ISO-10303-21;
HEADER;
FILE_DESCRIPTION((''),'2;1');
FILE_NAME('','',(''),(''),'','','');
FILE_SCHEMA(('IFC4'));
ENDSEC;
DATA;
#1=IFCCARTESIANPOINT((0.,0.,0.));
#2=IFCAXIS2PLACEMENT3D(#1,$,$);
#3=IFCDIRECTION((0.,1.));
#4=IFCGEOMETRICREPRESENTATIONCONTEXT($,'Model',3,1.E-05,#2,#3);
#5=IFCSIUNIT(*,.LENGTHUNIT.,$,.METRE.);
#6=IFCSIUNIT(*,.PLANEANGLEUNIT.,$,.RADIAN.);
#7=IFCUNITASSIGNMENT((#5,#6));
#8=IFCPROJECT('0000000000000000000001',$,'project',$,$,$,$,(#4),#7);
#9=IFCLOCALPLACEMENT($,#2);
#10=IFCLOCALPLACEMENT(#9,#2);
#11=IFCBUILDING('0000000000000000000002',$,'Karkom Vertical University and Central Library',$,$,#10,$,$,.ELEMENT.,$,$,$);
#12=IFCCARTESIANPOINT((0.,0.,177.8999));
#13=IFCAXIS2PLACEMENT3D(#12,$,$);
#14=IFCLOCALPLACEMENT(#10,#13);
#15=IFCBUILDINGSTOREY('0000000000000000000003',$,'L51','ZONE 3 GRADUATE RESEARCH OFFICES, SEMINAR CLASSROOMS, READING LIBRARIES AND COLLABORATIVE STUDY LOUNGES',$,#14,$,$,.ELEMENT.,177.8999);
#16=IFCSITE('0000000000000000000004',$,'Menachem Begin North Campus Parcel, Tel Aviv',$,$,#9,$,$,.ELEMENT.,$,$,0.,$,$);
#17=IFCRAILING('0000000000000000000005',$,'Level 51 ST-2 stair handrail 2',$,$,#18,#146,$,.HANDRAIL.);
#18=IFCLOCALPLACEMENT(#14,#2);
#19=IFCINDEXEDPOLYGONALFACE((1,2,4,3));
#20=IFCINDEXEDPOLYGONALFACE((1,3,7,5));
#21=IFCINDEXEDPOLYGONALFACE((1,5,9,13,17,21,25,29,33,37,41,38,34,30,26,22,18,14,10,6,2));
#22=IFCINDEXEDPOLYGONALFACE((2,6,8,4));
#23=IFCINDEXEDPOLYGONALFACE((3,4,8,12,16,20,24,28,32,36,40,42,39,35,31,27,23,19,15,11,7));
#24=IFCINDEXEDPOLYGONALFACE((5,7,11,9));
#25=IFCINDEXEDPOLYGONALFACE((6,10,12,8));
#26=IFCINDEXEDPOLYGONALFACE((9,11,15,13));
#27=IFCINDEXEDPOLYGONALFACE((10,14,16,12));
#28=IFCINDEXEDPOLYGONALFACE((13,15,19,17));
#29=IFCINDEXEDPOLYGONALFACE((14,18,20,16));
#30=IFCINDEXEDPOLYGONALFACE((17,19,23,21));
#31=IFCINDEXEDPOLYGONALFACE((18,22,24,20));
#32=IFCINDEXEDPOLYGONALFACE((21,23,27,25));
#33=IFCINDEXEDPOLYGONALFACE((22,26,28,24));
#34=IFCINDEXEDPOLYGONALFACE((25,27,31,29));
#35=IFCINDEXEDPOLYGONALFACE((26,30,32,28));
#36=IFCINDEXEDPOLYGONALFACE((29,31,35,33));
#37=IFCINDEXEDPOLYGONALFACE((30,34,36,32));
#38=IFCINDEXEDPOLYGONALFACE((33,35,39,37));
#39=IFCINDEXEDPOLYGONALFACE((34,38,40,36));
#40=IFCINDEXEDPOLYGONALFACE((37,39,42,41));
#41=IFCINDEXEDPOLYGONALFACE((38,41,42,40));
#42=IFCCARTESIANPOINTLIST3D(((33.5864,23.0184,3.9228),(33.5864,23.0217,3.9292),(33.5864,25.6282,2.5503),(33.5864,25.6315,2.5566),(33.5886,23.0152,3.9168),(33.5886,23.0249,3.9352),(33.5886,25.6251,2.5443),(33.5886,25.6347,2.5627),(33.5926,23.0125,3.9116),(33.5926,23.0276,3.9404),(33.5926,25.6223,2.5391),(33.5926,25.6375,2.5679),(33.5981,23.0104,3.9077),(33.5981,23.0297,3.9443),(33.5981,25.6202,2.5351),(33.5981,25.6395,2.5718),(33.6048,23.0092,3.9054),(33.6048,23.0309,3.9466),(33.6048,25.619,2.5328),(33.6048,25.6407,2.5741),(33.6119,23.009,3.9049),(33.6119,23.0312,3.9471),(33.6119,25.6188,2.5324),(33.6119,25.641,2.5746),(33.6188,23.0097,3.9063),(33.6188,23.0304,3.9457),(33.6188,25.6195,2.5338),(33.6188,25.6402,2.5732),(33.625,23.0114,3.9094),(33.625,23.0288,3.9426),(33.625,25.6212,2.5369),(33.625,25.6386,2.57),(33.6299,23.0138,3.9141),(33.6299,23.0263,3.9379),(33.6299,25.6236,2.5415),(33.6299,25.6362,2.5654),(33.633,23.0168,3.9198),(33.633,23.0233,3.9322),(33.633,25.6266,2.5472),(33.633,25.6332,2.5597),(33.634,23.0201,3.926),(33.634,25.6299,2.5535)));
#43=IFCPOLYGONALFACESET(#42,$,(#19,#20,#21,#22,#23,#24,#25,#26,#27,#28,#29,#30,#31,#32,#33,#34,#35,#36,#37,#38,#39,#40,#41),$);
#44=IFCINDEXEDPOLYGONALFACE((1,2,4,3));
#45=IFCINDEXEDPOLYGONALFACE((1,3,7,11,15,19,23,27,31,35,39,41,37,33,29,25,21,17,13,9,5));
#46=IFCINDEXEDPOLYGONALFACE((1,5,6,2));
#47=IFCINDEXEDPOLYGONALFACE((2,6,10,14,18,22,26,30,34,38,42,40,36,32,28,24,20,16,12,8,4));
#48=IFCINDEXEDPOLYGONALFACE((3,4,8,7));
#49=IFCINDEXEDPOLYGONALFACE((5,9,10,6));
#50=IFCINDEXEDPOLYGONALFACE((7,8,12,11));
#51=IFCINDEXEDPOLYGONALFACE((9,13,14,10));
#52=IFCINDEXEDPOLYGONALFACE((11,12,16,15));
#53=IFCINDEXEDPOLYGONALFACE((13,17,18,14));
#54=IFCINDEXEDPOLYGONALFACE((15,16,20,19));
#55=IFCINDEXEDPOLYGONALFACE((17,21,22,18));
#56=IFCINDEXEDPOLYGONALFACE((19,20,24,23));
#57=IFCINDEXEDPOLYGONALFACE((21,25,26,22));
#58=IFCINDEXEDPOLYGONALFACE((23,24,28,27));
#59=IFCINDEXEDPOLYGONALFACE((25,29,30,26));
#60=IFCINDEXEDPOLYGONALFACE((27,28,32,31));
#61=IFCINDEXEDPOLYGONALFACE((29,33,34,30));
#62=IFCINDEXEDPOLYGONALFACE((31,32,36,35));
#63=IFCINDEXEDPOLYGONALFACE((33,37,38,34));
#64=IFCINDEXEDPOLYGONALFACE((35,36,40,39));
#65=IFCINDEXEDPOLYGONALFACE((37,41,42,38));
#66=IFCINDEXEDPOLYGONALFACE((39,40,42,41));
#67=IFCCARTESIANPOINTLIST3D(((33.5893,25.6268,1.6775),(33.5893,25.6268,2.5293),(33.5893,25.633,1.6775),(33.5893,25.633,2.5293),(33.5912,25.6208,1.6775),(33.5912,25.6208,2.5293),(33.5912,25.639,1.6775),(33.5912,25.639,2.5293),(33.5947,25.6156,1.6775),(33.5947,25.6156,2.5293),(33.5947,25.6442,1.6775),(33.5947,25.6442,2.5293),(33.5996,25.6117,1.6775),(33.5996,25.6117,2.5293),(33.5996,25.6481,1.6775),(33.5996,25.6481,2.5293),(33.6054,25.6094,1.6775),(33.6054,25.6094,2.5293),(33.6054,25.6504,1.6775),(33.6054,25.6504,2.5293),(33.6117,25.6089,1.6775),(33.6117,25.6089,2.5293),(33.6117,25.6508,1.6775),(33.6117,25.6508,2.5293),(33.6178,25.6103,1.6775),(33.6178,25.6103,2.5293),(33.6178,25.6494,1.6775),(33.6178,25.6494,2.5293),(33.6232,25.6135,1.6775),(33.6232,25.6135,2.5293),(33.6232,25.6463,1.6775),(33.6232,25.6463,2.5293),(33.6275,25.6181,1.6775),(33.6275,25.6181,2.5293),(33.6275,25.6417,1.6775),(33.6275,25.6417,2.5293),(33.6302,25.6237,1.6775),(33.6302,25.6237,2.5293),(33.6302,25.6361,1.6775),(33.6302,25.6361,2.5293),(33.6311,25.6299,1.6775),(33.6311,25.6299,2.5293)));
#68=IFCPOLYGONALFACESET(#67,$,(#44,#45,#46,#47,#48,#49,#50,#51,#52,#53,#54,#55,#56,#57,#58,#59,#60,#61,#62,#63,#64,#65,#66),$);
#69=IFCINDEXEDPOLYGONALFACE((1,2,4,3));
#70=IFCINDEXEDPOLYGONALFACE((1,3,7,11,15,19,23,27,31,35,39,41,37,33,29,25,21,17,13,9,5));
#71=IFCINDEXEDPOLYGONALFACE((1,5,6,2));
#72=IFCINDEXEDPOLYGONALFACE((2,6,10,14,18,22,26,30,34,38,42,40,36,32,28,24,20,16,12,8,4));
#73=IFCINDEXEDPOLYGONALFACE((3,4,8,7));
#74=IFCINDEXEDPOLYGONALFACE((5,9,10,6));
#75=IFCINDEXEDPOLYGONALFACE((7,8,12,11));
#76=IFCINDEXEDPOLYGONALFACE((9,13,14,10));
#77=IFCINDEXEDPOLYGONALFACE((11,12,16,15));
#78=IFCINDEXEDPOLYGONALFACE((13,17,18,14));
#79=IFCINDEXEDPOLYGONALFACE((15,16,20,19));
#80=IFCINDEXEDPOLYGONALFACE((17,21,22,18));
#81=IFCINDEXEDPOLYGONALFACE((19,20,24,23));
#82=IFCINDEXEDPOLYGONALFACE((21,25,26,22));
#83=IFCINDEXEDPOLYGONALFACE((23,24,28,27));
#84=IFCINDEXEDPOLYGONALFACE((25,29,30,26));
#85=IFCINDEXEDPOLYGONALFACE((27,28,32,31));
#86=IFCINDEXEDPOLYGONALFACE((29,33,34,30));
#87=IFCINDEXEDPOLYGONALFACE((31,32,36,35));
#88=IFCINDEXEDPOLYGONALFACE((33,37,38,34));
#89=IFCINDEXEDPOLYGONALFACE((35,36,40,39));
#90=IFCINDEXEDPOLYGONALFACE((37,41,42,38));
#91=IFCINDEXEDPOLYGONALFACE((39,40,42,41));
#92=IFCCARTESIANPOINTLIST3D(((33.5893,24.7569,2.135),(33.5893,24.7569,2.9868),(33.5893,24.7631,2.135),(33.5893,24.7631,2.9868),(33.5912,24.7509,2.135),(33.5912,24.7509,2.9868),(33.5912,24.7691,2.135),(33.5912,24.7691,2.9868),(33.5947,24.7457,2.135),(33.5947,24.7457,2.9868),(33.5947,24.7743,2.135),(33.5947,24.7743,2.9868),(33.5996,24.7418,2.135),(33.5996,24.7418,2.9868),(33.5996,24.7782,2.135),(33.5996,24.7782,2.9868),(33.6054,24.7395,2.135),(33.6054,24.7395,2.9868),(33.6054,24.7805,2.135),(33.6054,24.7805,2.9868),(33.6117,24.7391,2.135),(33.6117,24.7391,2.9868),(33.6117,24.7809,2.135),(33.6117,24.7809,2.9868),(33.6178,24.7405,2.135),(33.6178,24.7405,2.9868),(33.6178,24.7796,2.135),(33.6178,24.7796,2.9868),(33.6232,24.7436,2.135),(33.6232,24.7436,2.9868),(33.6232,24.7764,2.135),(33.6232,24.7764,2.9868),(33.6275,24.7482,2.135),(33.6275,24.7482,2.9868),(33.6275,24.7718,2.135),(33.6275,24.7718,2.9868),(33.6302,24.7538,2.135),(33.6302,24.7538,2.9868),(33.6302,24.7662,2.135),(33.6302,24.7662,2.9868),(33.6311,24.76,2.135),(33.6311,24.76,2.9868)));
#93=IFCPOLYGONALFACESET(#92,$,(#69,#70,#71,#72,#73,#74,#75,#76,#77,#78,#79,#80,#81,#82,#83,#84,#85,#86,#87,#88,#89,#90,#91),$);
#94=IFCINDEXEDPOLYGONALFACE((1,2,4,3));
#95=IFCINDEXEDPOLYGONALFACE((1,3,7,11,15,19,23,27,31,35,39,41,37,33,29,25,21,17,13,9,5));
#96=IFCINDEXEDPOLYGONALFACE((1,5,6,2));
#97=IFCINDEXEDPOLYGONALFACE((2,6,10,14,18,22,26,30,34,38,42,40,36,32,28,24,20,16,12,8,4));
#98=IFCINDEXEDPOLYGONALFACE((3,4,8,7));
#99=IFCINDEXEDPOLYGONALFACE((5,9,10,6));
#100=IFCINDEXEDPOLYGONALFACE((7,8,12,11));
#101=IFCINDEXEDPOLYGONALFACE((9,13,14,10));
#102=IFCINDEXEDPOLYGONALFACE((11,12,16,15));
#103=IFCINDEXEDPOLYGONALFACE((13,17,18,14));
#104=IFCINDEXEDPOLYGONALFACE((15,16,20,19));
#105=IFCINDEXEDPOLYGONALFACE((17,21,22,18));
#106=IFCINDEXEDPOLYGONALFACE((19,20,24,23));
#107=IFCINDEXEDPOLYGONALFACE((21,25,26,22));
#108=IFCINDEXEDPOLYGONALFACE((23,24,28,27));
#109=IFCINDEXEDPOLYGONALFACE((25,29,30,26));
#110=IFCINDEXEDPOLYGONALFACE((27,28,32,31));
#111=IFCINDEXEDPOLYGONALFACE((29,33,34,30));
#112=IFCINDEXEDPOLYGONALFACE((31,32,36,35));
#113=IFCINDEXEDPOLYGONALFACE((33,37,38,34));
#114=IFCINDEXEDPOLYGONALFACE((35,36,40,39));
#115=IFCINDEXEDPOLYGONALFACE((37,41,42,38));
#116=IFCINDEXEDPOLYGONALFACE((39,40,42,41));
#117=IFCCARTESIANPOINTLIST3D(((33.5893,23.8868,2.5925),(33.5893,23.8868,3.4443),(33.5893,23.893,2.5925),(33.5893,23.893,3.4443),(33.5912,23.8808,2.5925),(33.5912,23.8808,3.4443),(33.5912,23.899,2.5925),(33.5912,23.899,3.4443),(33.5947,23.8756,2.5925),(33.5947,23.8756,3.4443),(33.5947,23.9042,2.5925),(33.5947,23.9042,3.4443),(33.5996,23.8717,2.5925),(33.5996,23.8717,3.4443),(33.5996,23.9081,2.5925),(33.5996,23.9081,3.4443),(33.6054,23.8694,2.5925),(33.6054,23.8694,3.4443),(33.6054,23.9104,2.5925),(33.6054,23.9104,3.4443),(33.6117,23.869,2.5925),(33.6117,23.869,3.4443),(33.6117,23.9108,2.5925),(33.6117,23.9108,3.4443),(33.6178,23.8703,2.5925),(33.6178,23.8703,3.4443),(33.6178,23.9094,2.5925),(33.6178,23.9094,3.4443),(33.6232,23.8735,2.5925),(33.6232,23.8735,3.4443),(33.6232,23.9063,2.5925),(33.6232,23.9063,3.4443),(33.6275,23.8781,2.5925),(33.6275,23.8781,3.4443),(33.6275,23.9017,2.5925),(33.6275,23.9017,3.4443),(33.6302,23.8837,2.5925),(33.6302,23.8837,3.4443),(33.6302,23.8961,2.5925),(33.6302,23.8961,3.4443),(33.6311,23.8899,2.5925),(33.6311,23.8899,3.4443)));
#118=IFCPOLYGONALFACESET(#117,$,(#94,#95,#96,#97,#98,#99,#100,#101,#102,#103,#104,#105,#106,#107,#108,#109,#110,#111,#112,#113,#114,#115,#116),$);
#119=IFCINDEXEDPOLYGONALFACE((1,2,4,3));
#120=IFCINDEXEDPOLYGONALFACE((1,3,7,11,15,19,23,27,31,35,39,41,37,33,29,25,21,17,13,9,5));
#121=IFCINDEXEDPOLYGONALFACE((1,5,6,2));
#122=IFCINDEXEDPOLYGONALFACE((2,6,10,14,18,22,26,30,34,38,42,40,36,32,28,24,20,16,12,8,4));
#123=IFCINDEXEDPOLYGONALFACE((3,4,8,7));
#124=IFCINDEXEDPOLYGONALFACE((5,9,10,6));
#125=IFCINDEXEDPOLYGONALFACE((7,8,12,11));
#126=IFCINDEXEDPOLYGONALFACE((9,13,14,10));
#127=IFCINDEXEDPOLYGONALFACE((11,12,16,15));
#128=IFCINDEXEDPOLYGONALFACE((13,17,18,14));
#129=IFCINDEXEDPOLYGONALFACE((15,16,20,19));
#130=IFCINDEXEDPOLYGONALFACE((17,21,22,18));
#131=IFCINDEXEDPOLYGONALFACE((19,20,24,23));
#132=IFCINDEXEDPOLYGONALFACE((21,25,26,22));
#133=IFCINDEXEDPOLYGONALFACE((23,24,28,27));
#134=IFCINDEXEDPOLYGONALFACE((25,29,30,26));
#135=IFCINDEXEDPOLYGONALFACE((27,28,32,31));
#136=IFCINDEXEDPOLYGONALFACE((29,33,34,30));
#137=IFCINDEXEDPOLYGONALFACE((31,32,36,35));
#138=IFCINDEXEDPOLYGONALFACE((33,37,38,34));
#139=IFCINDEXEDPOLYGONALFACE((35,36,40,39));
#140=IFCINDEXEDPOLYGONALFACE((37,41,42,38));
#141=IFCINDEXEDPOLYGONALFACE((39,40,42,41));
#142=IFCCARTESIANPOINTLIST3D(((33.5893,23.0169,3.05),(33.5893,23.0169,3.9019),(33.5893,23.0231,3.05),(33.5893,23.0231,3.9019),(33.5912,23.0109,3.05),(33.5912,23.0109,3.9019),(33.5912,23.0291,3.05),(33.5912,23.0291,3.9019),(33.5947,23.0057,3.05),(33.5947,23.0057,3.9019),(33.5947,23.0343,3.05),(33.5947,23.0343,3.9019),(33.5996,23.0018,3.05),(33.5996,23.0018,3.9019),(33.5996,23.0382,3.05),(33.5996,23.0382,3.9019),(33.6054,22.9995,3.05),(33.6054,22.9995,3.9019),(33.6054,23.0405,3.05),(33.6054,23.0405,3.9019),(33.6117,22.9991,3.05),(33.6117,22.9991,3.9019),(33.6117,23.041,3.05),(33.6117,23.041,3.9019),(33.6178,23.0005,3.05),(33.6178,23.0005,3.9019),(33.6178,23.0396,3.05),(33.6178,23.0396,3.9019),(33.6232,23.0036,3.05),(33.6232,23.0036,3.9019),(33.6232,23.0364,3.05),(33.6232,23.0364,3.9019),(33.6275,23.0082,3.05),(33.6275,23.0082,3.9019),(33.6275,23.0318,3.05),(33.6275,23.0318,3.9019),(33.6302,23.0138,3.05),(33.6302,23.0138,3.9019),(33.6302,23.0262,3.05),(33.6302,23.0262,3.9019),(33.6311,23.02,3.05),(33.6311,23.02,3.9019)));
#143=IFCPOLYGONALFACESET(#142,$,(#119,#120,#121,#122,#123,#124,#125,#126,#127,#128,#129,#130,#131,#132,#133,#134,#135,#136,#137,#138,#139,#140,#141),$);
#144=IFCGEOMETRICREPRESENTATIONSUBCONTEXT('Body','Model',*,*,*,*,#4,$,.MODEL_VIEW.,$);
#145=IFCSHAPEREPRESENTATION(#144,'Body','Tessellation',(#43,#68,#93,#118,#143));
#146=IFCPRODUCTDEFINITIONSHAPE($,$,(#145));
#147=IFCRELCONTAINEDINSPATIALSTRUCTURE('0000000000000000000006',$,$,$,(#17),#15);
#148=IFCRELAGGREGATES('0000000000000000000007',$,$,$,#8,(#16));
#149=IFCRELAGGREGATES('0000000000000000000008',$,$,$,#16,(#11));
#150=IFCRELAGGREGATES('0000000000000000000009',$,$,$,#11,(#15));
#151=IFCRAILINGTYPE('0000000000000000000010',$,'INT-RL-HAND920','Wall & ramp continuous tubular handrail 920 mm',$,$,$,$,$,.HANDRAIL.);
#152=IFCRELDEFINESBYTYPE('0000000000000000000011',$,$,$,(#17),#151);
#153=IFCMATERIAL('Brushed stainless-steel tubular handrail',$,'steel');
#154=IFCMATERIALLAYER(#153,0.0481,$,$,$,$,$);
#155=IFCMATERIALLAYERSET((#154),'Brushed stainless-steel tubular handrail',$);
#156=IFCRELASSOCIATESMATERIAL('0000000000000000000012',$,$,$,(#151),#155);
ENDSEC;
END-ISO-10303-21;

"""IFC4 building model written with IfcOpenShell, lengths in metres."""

from ifc_helpers import new_model, si_unit, direction, frame, origin, origin_2d, place, context, subcontext, project, spatial, circle, extrude, material, layer, layer_set, type_object, element, save


model = new_model("IFC4")

# Units and contexts
model_context = context("Model", 3, precision=1e-05, world=origin(), true_north=direction((0.0, 1.0)))
body_context = subcontext(model_context, "Body", "Model", "MODEL_VIEW")
ifc_project = project(units=[si_unit("LENGTHUNIT", "METRE"), si_unit("PLANEANGLEUNIT", "RADIAN")], contexts=[model_context])

# Site, building, storey
site_placement = place(None, origin())
site = spatial("IfcSite", under=ifc_project, at=site_placement, Name="Menachem Begin North Campus Parcel, Tel Aviv", CompositionType="ELEMENT", RefElevation=0.0)
building_placement = place(site_placement, origin())
building = spatial("IfcBuilding", under=site, at=building_placement, Name="Karkom Vertical University and Central Library", CompositionType="ELEMENT")
storey_placement = place(building_placement, frame((0.0, 0.0, 177.8999)))
storey = spatial("IfcBuildingStorey", under=building, at=storey_placement, Name="L51", Description="ZONE 3 GRADUATE RESEARCH OFFICES, SEMINAR CLASSROOMS, READING LIBRARIES AND COLLABORATIVE STUDY LOUNGES", CompositionType="ELEMENT", Elevation=177.8999)

# Railing
ifc_material_1 = material(Name="Brushed stainless-steel tubular handrail", Category="steel")
ifc_layer_1 = layer(ifc_material_1, 0.0481)
ifc_layer_set_1 = layer_set([ifc_layer_1], Name="Brushed stainless-steel tubular handrail")
railing_type_1 = type_object("IfcRailingType", Name="INT-RL-HAND920", Description="Wall & ramp continuous tubular handrail 920 mm", PredefinedType="HANDRAIL", material=ifc_layer_set_1)
railing_1_placement = place(storey_placement, frame((33.6101, 25.6299, 1.6775)))
element("IfcRailing", 1, at=railing_1_placement, inside=storey, type_object=railing_type_1, Name="Level 51 ST-2 stair handrail 2", PredefinedType="HANDRAIL", context=body_context, shape_type="SweptSolid", body=[
    extrude(circle(Radius=0.0239, at=origin_2d()), frame((0.0, 0.0, 0.876), z_axis=(0.0, -0.885065, 0.465467), x_axis=(1.0, 0.0, 0.0)), (0.0, 0.0, 1.0), 2.9487),
    extrude(circle(Radius=0.021, at=origin_2d()), origin(), (0.0, 0.0, 1.0), 0.8518),
    extrude(circle(Radius=0.021, at=origin_2d()), frame((0.0, -0.8699, 0.4575)), (0.0, 0.0, 1.0), 0.8518),
    extrude(circle(Radius=0.021, at=origin_2d()), frame((0.0, -1.74, 0.915)), (0.0, 0.0, 1.0), 0.8518),
    extrude(circle(Radius=0.021, at=origin_2d()), frame((0.0, -2.6099, 1.3726)), (0.0, 0.0, 1.0), 0.8518),
])

save(model, "model.ifc")
